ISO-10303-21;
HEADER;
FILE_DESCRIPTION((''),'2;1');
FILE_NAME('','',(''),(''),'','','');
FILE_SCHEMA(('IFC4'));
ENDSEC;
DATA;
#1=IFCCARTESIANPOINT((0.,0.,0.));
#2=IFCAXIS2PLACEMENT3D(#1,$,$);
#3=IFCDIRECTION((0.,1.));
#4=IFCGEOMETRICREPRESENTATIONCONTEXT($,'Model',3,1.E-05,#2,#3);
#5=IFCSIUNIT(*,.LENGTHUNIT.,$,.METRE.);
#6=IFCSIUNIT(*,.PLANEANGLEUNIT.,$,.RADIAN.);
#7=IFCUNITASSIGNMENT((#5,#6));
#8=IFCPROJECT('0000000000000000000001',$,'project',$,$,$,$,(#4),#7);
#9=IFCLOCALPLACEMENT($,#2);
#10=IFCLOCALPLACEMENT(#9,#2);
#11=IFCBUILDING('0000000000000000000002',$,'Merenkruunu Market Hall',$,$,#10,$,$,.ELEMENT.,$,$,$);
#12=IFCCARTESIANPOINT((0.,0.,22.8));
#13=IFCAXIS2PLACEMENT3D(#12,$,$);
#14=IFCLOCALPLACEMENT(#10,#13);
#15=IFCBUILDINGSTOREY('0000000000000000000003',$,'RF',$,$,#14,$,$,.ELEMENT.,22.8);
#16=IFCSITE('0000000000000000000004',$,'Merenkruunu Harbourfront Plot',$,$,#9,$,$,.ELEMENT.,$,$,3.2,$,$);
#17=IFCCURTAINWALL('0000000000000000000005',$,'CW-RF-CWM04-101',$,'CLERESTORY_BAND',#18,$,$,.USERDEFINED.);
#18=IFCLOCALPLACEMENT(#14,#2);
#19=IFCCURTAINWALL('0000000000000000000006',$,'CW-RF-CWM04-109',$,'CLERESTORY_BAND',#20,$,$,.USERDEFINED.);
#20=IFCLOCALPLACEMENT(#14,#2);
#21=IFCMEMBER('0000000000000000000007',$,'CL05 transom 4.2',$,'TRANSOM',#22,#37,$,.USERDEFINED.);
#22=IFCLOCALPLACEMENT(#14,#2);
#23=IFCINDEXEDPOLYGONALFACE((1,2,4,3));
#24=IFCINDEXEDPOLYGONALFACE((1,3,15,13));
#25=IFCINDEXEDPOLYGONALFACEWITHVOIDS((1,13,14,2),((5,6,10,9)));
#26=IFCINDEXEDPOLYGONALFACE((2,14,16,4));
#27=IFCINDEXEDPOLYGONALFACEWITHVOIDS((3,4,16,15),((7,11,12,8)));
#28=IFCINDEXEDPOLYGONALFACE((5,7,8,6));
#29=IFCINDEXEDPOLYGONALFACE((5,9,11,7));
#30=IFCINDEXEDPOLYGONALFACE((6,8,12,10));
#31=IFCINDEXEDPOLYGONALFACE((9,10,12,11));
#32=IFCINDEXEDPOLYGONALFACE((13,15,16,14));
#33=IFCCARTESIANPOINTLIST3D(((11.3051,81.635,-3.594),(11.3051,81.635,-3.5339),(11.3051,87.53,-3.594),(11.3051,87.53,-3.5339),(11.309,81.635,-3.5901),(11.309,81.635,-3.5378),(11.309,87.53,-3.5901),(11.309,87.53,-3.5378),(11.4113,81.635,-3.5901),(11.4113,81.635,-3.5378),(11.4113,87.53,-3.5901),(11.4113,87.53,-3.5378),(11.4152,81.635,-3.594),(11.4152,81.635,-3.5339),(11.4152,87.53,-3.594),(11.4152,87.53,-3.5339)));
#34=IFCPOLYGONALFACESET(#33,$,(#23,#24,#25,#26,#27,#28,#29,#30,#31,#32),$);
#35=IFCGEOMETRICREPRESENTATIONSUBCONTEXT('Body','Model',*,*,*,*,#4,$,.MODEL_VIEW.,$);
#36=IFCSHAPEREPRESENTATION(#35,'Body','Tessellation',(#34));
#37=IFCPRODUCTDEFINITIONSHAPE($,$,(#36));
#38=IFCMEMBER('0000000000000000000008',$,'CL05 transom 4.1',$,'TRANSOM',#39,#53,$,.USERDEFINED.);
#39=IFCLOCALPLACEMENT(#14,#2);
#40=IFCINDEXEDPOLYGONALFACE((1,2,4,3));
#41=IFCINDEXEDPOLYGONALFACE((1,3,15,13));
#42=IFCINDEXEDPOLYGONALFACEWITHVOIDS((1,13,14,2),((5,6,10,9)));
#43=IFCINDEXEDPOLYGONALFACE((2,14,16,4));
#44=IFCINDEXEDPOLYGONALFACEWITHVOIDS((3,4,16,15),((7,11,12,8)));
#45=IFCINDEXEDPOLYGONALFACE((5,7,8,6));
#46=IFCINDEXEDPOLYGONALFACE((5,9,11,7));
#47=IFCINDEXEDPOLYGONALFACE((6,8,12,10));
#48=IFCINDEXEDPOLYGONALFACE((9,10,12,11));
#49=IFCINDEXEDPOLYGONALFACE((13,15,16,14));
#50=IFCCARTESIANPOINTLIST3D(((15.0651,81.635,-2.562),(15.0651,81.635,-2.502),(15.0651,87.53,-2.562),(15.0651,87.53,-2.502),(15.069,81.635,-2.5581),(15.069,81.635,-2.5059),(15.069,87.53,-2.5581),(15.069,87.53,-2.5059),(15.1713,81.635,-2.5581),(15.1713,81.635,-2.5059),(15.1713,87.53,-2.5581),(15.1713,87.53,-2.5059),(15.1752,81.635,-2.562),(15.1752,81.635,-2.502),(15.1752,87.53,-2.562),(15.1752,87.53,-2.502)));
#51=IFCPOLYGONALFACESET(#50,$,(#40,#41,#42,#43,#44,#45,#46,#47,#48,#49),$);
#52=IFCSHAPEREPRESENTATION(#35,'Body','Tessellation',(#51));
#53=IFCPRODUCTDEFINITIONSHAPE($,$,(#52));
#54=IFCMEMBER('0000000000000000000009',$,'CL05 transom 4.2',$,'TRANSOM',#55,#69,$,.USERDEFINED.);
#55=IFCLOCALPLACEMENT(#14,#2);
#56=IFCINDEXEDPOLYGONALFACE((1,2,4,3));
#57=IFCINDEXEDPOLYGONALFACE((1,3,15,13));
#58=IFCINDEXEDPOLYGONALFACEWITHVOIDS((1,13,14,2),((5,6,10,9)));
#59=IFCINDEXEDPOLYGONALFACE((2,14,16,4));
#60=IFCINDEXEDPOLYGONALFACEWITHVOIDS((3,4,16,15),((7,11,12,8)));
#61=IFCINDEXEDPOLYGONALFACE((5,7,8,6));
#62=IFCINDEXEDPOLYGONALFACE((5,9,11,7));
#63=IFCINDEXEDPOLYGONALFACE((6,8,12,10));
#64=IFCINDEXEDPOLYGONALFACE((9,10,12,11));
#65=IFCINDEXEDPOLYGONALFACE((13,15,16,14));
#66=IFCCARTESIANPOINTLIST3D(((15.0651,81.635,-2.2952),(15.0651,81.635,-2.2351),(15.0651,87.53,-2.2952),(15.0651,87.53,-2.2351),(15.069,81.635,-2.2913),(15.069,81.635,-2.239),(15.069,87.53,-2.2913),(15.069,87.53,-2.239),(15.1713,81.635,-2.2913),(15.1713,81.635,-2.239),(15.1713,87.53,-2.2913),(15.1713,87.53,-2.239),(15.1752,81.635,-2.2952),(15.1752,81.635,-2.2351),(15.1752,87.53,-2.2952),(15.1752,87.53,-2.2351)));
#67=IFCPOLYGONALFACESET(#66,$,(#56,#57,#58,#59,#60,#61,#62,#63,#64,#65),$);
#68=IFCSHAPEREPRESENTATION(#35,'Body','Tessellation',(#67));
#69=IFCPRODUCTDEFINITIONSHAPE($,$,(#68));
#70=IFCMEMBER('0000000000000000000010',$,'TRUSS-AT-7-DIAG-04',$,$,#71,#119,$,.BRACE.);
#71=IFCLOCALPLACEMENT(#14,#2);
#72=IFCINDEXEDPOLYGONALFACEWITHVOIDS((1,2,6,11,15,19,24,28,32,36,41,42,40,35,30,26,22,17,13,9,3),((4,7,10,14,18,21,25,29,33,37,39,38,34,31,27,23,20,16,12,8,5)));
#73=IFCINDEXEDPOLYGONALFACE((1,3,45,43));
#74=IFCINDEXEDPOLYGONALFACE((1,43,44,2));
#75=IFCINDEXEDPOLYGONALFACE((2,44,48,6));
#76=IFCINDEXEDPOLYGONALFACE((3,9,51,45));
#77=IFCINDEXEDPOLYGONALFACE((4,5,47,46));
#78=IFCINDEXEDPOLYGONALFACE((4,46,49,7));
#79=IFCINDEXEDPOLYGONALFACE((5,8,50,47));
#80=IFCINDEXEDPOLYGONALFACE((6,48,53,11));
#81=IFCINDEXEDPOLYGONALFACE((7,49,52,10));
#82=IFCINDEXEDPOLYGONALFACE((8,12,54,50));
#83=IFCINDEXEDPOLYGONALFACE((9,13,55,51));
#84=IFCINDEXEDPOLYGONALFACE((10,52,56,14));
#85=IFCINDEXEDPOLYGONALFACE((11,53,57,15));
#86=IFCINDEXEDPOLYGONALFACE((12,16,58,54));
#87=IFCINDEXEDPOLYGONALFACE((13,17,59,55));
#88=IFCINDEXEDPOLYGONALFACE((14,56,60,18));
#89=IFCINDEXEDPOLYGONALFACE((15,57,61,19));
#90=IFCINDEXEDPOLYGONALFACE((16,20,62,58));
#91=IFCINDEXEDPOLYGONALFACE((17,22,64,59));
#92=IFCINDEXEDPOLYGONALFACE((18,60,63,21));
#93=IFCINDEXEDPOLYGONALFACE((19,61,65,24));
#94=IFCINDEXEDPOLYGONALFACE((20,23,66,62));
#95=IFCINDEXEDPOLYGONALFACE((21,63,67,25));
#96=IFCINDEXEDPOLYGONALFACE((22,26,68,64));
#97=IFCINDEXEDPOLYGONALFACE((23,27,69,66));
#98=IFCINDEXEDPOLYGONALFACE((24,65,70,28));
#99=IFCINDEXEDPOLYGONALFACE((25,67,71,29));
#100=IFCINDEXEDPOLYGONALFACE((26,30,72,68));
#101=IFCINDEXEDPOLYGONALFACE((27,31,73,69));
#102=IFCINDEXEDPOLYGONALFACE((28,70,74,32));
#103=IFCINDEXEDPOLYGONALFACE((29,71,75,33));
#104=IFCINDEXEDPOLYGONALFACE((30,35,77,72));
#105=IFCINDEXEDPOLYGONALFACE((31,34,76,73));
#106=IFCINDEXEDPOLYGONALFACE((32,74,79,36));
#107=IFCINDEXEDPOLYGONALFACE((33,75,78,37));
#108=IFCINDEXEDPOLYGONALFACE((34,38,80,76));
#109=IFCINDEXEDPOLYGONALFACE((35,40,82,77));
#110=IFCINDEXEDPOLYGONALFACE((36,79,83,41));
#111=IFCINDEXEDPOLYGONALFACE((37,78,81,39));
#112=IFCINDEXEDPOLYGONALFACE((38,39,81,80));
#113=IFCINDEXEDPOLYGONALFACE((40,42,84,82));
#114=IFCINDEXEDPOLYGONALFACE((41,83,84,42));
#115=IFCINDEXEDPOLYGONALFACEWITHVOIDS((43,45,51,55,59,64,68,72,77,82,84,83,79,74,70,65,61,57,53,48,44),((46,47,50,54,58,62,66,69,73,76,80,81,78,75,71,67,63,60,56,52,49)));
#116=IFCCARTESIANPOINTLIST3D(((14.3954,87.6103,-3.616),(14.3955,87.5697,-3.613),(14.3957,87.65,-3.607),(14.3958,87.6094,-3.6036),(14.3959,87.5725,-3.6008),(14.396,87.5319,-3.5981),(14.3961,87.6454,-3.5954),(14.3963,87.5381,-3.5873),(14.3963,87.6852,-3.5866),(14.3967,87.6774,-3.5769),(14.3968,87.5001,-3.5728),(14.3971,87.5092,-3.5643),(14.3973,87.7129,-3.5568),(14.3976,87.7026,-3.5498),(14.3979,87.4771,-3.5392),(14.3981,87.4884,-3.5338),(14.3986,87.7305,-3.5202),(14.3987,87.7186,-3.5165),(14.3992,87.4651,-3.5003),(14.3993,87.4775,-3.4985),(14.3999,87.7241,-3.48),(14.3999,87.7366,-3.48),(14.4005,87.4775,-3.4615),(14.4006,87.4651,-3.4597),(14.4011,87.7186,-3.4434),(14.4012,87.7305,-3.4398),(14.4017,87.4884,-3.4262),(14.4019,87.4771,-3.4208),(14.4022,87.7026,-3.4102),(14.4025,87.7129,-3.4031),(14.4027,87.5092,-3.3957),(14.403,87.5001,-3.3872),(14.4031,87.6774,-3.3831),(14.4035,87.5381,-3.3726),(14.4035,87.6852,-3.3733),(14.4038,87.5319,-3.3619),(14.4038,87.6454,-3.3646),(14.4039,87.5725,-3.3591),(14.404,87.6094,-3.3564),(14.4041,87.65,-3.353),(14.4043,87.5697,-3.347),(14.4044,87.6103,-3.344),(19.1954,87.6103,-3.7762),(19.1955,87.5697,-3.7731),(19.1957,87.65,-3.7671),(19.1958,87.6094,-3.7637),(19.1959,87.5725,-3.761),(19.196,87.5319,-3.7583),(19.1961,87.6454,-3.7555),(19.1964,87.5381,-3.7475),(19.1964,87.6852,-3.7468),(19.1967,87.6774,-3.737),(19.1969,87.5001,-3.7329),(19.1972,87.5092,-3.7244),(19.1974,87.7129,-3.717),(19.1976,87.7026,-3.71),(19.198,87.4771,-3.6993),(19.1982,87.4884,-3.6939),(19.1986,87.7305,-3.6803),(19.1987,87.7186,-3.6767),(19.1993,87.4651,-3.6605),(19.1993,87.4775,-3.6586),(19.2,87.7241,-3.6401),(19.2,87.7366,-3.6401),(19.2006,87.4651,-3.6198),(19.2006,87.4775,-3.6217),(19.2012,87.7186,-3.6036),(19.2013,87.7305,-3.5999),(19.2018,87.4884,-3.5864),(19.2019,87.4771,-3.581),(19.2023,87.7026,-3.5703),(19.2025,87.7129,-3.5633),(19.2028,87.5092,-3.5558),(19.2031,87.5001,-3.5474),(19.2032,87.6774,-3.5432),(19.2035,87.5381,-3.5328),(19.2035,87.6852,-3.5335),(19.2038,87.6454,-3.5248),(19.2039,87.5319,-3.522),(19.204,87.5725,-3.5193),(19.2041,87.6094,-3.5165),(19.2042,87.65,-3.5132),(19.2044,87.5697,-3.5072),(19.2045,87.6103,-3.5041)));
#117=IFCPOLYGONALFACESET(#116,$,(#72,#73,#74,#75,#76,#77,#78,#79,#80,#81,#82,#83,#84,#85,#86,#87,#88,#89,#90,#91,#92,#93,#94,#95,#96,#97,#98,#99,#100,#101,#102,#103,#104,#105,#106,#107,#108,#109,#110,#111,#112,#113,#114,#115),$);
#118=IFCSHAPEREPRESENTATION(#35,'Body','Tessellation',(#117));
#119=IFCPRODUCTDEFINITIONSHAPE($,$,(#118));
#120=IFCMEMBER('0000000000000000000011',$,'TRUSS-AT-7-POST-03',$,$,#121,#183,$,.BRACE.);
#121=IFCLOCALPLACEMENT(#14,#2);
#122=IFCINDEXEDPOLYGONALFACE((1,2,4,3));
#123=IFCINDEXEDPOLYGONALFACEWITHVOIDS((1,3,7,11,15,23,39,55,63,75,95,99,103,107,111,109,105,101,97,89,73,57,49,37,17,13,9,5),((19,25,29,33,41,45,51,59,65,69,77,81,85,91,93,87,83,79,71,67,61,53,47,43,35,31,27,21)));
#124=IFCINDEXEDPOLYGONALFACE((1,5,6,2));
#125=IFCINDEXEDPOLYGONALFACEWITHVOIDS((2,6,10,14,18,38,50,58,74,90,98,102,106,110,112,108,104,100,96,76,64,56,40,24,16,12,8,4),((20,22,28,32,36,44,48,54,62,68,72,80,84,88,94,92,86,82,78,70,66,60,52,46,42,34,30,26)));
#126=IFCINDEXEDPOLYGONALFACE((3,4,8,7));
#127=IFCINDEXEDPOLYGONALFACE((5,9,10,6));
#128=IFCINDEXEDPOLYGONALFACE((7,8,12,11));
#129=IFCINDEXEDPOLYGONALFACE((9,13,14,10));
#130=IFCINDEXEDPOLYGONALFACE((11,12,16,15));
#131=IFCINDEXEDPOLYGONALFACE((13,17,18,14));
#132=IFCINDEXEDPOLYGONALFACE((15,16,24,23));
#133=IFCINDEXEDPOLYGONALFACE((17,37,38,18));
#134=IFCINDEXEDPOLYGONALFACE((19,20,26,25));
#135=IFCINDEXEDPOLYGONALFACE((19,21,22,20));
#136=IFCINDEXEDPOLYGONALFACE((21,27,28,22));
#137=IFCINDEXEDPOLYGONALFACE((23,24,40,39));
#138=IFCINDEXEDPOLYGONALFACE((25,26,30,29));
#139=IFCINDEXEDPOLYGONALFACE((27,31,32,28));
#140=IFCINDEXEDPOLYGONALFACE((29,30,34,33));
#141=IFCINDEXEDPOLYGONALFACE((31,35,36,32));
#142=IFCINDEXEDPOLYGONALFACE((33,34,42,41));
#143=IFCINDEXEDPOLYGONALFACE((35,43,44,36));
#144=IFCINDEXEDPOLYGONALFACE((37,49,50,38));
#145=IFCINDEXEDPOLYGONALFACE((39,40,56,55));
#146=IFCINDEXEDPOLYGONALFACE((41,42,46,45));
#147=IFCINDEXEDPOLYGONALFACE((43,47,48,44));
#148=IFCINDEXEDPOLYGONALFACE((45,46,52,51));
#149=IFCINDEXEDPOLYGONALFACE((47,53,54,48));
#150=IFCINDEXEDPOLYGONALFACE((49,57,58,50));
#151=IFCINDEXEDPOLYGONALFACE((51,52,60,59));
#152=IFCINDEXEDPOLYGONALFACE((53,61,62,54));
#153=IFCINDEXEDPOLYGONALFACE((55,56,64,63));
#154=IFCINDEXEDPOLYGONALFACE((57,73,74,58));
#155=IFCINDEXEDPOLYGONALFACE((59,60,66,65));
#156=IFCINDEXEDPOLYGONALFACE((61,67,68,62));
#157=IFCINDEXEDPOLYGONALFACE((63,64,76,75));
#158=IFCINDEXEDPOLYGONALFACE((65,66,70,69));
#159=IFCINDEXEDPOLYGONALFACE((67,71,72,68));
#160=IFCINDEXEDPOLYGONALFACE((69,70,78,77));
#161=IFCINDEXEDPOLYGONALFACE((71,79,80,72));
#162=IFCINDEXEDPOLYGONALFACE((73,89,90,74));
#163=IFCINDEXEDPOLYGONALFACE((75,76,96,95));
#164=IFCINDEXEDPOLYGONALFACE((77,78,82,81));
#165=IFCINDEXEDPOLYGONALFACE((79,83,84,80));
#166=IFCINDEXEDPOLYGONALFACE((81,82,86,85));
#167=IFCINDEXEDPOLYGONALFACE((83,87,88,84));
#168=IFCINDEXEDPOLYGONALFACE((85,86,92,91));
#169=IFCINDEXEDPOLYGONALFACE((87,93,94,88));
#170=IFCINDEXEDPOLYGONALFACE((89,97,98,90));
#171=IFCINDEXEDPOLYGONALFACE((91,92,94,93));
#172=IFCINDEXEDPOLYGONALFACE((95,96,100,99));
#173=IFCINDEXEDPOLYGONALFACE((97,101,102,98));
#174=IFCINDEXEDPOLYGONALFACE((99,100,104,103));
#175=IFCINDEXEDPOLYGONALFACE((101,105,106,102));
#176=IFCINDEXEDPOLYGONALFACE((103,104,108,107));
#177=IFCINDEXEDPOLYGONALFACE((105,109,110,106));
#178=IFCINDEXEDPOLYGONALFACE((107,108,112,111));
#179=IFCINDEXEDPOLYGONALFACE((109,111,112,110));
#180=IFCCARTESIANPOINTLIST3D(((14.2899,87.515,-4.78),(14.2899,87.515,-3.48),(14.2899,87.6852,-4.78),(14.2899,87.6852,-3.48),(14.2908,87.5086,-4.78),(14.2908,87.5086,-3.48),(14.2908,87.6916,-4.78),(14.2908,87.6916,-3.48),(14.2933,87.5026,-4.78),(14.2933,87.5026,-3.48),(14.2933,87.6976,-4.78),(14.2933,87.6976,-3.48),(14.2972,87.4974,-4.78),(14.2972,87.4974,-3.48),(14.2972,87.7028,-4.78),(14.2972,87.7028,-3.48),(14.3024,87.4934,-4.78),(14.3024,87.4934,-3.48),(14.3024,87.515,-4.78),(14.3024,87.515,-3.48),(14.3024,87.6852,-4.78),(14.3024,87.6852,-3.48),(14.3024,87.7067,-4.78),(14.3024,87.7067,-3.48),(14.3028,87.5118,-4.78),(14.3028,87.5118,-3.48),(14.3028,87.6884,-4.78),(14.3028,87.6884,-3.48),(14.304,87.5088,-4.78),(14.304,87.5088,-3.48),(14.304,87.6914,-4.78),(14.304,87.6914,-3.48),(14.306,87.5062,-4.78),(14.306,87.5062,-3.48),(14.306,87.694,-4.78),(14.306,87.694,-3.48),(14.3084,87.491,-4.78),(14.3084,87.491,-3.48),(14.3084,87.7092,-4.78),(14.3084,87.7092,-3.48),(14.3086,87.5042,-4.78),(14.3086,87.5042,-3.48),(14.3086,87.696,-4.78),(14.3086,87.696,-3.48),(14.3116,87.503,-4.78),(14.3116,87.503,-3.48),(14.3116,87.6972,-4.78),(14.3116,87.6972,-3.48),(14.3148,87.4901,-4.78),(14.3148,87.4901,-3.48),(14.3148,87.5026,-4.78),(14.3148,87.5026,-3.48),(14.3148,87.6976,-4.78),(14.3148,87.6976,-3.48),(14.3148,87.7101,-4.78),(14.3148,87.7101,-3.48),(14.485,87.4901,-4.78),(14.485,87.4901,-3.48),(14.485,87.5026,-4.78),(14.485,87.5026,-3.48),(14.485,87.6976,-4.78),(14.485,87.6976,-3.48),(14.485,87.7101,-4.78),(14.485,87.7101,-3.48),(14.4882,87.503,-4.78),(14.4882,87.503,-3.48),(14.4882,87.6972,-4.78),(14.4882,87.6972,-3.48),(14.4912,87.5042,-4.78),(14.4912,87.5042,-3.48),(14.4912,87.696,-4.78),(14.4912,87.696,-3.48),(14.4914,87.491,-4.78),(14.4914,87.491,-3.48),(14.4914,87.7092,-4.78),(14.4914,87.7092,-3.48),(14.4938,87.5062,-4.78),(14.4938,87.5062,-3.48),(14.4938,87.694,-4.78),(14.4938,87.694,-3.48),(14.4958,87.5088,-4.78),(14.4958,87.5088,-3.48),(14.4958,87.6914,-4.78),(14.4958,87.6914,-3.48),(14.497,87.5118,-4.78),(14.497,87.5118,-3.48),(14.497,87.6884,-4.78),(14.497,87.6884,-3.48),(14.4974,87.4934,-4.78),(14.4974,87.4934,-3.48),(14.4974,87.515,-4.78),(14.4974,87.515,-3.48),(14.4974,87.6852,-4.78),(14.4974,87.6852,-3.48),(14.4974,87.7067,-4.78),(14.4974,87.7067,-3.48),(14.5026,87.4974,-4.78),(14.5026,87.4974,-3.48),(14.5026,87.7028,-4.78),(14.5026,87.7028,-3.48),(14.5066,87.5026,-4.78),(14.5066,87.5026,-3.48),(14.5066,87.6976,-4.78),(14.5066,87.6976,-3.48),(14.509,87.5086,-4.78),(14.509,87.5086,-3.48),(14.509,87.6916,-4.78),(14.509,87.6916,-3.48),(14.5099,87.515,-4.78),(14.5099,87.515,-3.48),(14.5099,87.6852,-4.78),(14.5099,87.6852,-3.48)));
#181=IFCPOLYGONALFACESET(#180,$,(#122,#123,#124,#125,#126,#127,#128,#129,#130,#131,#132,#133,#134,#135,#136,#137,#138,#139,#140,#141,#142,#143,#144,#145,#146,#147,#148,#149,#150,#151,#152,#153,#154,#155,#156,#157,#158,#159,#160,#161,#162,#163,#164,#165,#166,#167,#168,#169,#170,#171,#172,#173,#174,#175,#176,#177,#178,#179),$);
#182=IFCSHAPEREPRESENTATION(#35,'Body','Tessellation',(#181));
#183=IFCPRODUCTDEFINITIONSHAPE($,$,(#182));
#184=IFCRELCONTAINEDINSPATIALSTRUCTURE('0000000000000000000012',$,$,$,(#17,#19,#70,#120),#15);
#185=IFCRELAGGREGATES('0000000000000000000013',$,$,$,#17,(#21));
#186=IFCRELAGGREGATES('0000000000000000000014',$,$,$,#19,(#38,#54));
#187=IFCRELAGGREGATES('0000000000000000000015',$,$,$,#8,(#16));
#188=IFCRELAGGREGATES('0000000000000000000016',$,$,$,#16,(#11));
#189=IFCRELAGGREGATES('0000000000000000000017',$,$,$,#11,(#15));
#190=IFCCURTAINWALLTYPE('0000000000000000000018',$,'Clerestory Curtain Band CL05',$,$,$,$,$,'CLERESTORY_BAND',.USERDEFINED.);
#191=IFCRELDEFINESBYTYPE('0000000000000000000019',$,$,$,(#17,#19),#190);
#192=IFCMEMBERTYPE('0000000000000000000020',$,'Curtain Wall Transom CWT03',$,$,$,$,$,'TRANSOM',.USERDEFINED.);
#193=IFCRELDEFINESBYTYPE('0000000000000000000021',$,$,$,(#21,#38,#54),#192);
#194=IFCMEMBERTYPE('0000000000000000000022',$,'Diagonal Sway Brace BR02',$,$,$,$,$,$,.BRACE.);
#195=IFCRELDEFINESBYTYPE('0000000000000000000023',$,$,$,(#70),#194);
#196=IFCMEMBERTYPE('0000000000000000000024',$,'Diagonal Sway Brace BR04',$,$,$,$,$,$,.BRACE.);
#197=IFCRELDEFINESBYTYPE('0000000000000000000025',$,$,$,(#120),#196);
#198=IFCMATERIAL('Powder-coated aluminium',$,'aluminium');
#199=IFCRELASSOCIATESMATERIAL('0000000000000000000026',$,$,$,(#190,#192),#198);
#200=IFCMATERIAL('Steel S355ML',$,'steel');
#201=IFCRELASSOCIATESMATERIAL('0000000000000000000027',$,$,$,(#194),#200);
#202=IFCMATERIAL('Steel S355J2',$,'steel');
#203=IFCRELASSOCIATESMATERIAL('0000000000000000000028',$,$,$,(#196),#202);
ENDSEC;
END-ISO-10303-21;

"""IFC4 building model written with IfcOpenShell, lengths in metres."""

from ifc_helpers import new_model, si_unit, direction, frame, origin, origin_2d, place, context, subcontext, project, spatial, hollow_rectangle, hollow_circle, extrude, material, material_profile, profile_set, type_object, element, aggregate, save


model = new_model("IFC4")

# Units and contexts
model_context = context("Model", 3, precision=1e-05, world=origin(), true_north=direction((0.0, 1.0)))
body_context = subcontext(model_context, "Body", "Model", "MODEL_VIEW")
ifc_project = project(units=[si_unit("LENGTHUNIT", "METRE"), si_unit("PLANEANGLEUNIT", "RADIAN")], contexts=[model_context])

# Site, building, storey
site_placement = place(None, origin())
site = spatial("IfcSite", under=ifc_project, at=site_placement, Name="Merenkruunu Harbourfront Plot", CompositionType="ELEMENT", RefElevation=3.2)
building_placement = place(site_placement, origin())
building = spatial("IfcBuilding", under=site, at=building_placement, Name="Merenkruunu Market Hall", CompositionType="ELEMENT")
storey_placement = place(building_placement, frame((0.0, 0.0, 22.8)))
storey = spatial("IfcBuildingStorey", under=building, at=storey_placement, Name="RF", CompositionType="ELEMENT", Elevation=22.8)

# Shared definitions
ifc_material_1 = material(Name="Steel S355ML", Category="steel")

# Curtain walls
ifc_material_2 = material(Name="Powder-coated aluminium", Category="aluminium")
curtain_wall_type = type_object("IfcCurtainWallType", Name="Clerestory Curtain Band CL05", ElementType="CLERESTORY_BAND", PredefinedType="USERDEFINED", material=ifc_material_2)
curtain_wall_1_placement = place(storey_placement, origin())
curtain_wall_1 = element("IfcCurtainWall", 1, at=curtain_wall_1_placement, inside=storey, type_object=curtain_wall_type, Name="CW-RF-CWM04-101", ObjectType="CLERESTORY_BAND", PredefinedType="USERDEFINED")
curtain_wall_2_placement = place(storey_placement, origin())
curtain_wall_2 = element("IfcCurtainWall", 2, at=curtain_wall_2_placement, inside=storey, type_object=curtain_wall_type, Name="CW-RF-CWM04-109", ObjectType="CLERESTORY_BAND", PredefinedType="USERDEFINED")

# Members
ifc_material_profile_1 = material_profile(ifc_material_2, hollow_rectangle(XDim=0.0601, YDim=0.1101, WallThickness=0.0039, at=origin_2d()), Name="ALU 60x110x4")
ifc_profile_set_1 = profile_set([ifc_material_profile_1], Name="Powder-coated aluminium")
member_type_1 = type_object("IfcMemberType", Name="Curtain Wall Transom CWT03", ElementType="TRANSOM", PredefinedType="USERDEFINED", material=ifc_profile_set_1)
member_1_placement = place(storey_placement, frame((11.3601, 81.635, -3.564), z_axis=(0.0, 1.0, 0.0), x_axis=(0.0, 0.0, 1.0)))
member_1 = element("IfcMember", 3, at=member_1_placement, type_object=member_type_1, Name="CL05 transom 4.2", ObjectType="TRANSOM", PredefinedType="USERDEFINED", context=body_context, shape_type="SweptSolid", body=[
    extrude(hollow_rectangle(XDim=0.0601, YDim=0.1101, WallThickness=0.0039, at=origin_2d()), origin(), (0.0, 0.0, 1.0), 5.895),
])
member_2_placement = place(storey_placement, frame((15.1201, 81.635, -2.532), z_axis=(0.0, 1.0, 0.0), x_axis=(0.0, 0.0, 1.0)))
member_2 = element("IfcMember", 4, at=member_2_placement, type_object=member_type_1, Name="CL05 transom 4.1", ObjectType="TRANSOM", PredefinedType="USERDEFINED", context=body_context, shape_type="SweptSolid", body=[
    extrude(hollow_rectangle(XDim=0.0601, YDim=0.1101, WallThickness=0.0039, at=origin_2d()), origin(), (0.0, 0.0, 1.0), 5.895),
])
member_3_placement = place(storey_placement, frame((15.1201, 81.635, -2.2651), z_axis=(0.0, 1.0, 0.0), x_axis=(0.0, 0.0, 1.0)))
member_3 = element("IfcMember", 5, at=member_3_placement, type_object=member_type_1, Name="CL05 transom 4.2", ObjectType="TRANSOM", PredefinedType="USERDEFINED", context=body_context, shape_type="SweptSolid", body=[
    extrude(hollow_rectangle(XDim=0.0601, YDim=0.1101, WallThickness=0.0039, at=origin_2d()), origin(), (0.0, 0.0, 1.0), 5.895),
])

# Members
ifc_material_profile_2 = material_profile(ifc_material_1, hollow_circle(Radius=0.1365, WallThickness=0.0125, at=origin_2d()), Name="CHS 273x12.5")
ifc_profile_set_2 = profile_set([ifc_material_profile_2], Name="Steel S355ML")
member_type_2 = type_object("IfcMemberType", Name="Diagonal Sway Brace BR02", PredefinedType="BRACE", material=ifc_profile_set_2)
member_4_placement = place(storey_placement, frame((14.3999, 87.6001, -3.48), z_axis=(0.999444, 0.0, -0.033347), x_axis=(0.0, 1.0, 0.0)))
element("IfcMember", 6, at=member_4_placement, inside=storey, type_object=member_type_2, Name="TRUSS-AT-7-DIAG-04", PredefinedType="BRACE", context=body_context, shape_type="SweptSolid", body=[
    extrude(hollow_circle(Radius=0.1365, WallThickness=0.0125, at=origin_2d()), origin(), (0.0, 0.0, 1.0), 4.8027),
])
ifc_material_3 = material(Name="Steel S355J2", Category="steel")
ifc_material_profile_3 = material_profile(ifc_material_3, hollow_rectangle(XDim=0.22, YDim=0.22, WallThickness=0.0125, InnerFilletRadius=0.0125, OuterFilletRadius=0.0249, at=origin_2d()), Name="SHS 220x220x12.5")
ifc_profile_set_3 = profile_set([ifc_material_profile_3], Name="Steel S355J2")
member_type_3 = type_object("IfcMemberType", Name="Diagonal Sway Brace BR04", PredefinedType="BRACE", material=ifc_profile_set_3)
member_5_placement = place(storey_placement, frame((14.3999, 87.6001, -4.78), z_axis=(0.0, 0.0, 1.0), x_axis=(1.0, 0.0, 0.0)))
element("IfcMember", 7, at=member_5_placement, inside=storey, type_object=member_type_3, Name="TRUSS-AT-7-POST-03", PredefinedType="BRACE", context=body_context, shape_type="SweptSolid", body=[
    extrude(hollow_rectangle(XDim=0.22, YDim=0.22, WallThickness=0.0125, InnerFilletRadius=0.0125, OuterFilletRadius=0.0249, at=origin_2d()), origin(), (0.0, 0.0, 1.0), 1.3),
])

aggregate(curtain_wall_1, [member_1])
aggregate(curtain_wall_2, [member_2, member_3])

save(model, "model.ifc")
